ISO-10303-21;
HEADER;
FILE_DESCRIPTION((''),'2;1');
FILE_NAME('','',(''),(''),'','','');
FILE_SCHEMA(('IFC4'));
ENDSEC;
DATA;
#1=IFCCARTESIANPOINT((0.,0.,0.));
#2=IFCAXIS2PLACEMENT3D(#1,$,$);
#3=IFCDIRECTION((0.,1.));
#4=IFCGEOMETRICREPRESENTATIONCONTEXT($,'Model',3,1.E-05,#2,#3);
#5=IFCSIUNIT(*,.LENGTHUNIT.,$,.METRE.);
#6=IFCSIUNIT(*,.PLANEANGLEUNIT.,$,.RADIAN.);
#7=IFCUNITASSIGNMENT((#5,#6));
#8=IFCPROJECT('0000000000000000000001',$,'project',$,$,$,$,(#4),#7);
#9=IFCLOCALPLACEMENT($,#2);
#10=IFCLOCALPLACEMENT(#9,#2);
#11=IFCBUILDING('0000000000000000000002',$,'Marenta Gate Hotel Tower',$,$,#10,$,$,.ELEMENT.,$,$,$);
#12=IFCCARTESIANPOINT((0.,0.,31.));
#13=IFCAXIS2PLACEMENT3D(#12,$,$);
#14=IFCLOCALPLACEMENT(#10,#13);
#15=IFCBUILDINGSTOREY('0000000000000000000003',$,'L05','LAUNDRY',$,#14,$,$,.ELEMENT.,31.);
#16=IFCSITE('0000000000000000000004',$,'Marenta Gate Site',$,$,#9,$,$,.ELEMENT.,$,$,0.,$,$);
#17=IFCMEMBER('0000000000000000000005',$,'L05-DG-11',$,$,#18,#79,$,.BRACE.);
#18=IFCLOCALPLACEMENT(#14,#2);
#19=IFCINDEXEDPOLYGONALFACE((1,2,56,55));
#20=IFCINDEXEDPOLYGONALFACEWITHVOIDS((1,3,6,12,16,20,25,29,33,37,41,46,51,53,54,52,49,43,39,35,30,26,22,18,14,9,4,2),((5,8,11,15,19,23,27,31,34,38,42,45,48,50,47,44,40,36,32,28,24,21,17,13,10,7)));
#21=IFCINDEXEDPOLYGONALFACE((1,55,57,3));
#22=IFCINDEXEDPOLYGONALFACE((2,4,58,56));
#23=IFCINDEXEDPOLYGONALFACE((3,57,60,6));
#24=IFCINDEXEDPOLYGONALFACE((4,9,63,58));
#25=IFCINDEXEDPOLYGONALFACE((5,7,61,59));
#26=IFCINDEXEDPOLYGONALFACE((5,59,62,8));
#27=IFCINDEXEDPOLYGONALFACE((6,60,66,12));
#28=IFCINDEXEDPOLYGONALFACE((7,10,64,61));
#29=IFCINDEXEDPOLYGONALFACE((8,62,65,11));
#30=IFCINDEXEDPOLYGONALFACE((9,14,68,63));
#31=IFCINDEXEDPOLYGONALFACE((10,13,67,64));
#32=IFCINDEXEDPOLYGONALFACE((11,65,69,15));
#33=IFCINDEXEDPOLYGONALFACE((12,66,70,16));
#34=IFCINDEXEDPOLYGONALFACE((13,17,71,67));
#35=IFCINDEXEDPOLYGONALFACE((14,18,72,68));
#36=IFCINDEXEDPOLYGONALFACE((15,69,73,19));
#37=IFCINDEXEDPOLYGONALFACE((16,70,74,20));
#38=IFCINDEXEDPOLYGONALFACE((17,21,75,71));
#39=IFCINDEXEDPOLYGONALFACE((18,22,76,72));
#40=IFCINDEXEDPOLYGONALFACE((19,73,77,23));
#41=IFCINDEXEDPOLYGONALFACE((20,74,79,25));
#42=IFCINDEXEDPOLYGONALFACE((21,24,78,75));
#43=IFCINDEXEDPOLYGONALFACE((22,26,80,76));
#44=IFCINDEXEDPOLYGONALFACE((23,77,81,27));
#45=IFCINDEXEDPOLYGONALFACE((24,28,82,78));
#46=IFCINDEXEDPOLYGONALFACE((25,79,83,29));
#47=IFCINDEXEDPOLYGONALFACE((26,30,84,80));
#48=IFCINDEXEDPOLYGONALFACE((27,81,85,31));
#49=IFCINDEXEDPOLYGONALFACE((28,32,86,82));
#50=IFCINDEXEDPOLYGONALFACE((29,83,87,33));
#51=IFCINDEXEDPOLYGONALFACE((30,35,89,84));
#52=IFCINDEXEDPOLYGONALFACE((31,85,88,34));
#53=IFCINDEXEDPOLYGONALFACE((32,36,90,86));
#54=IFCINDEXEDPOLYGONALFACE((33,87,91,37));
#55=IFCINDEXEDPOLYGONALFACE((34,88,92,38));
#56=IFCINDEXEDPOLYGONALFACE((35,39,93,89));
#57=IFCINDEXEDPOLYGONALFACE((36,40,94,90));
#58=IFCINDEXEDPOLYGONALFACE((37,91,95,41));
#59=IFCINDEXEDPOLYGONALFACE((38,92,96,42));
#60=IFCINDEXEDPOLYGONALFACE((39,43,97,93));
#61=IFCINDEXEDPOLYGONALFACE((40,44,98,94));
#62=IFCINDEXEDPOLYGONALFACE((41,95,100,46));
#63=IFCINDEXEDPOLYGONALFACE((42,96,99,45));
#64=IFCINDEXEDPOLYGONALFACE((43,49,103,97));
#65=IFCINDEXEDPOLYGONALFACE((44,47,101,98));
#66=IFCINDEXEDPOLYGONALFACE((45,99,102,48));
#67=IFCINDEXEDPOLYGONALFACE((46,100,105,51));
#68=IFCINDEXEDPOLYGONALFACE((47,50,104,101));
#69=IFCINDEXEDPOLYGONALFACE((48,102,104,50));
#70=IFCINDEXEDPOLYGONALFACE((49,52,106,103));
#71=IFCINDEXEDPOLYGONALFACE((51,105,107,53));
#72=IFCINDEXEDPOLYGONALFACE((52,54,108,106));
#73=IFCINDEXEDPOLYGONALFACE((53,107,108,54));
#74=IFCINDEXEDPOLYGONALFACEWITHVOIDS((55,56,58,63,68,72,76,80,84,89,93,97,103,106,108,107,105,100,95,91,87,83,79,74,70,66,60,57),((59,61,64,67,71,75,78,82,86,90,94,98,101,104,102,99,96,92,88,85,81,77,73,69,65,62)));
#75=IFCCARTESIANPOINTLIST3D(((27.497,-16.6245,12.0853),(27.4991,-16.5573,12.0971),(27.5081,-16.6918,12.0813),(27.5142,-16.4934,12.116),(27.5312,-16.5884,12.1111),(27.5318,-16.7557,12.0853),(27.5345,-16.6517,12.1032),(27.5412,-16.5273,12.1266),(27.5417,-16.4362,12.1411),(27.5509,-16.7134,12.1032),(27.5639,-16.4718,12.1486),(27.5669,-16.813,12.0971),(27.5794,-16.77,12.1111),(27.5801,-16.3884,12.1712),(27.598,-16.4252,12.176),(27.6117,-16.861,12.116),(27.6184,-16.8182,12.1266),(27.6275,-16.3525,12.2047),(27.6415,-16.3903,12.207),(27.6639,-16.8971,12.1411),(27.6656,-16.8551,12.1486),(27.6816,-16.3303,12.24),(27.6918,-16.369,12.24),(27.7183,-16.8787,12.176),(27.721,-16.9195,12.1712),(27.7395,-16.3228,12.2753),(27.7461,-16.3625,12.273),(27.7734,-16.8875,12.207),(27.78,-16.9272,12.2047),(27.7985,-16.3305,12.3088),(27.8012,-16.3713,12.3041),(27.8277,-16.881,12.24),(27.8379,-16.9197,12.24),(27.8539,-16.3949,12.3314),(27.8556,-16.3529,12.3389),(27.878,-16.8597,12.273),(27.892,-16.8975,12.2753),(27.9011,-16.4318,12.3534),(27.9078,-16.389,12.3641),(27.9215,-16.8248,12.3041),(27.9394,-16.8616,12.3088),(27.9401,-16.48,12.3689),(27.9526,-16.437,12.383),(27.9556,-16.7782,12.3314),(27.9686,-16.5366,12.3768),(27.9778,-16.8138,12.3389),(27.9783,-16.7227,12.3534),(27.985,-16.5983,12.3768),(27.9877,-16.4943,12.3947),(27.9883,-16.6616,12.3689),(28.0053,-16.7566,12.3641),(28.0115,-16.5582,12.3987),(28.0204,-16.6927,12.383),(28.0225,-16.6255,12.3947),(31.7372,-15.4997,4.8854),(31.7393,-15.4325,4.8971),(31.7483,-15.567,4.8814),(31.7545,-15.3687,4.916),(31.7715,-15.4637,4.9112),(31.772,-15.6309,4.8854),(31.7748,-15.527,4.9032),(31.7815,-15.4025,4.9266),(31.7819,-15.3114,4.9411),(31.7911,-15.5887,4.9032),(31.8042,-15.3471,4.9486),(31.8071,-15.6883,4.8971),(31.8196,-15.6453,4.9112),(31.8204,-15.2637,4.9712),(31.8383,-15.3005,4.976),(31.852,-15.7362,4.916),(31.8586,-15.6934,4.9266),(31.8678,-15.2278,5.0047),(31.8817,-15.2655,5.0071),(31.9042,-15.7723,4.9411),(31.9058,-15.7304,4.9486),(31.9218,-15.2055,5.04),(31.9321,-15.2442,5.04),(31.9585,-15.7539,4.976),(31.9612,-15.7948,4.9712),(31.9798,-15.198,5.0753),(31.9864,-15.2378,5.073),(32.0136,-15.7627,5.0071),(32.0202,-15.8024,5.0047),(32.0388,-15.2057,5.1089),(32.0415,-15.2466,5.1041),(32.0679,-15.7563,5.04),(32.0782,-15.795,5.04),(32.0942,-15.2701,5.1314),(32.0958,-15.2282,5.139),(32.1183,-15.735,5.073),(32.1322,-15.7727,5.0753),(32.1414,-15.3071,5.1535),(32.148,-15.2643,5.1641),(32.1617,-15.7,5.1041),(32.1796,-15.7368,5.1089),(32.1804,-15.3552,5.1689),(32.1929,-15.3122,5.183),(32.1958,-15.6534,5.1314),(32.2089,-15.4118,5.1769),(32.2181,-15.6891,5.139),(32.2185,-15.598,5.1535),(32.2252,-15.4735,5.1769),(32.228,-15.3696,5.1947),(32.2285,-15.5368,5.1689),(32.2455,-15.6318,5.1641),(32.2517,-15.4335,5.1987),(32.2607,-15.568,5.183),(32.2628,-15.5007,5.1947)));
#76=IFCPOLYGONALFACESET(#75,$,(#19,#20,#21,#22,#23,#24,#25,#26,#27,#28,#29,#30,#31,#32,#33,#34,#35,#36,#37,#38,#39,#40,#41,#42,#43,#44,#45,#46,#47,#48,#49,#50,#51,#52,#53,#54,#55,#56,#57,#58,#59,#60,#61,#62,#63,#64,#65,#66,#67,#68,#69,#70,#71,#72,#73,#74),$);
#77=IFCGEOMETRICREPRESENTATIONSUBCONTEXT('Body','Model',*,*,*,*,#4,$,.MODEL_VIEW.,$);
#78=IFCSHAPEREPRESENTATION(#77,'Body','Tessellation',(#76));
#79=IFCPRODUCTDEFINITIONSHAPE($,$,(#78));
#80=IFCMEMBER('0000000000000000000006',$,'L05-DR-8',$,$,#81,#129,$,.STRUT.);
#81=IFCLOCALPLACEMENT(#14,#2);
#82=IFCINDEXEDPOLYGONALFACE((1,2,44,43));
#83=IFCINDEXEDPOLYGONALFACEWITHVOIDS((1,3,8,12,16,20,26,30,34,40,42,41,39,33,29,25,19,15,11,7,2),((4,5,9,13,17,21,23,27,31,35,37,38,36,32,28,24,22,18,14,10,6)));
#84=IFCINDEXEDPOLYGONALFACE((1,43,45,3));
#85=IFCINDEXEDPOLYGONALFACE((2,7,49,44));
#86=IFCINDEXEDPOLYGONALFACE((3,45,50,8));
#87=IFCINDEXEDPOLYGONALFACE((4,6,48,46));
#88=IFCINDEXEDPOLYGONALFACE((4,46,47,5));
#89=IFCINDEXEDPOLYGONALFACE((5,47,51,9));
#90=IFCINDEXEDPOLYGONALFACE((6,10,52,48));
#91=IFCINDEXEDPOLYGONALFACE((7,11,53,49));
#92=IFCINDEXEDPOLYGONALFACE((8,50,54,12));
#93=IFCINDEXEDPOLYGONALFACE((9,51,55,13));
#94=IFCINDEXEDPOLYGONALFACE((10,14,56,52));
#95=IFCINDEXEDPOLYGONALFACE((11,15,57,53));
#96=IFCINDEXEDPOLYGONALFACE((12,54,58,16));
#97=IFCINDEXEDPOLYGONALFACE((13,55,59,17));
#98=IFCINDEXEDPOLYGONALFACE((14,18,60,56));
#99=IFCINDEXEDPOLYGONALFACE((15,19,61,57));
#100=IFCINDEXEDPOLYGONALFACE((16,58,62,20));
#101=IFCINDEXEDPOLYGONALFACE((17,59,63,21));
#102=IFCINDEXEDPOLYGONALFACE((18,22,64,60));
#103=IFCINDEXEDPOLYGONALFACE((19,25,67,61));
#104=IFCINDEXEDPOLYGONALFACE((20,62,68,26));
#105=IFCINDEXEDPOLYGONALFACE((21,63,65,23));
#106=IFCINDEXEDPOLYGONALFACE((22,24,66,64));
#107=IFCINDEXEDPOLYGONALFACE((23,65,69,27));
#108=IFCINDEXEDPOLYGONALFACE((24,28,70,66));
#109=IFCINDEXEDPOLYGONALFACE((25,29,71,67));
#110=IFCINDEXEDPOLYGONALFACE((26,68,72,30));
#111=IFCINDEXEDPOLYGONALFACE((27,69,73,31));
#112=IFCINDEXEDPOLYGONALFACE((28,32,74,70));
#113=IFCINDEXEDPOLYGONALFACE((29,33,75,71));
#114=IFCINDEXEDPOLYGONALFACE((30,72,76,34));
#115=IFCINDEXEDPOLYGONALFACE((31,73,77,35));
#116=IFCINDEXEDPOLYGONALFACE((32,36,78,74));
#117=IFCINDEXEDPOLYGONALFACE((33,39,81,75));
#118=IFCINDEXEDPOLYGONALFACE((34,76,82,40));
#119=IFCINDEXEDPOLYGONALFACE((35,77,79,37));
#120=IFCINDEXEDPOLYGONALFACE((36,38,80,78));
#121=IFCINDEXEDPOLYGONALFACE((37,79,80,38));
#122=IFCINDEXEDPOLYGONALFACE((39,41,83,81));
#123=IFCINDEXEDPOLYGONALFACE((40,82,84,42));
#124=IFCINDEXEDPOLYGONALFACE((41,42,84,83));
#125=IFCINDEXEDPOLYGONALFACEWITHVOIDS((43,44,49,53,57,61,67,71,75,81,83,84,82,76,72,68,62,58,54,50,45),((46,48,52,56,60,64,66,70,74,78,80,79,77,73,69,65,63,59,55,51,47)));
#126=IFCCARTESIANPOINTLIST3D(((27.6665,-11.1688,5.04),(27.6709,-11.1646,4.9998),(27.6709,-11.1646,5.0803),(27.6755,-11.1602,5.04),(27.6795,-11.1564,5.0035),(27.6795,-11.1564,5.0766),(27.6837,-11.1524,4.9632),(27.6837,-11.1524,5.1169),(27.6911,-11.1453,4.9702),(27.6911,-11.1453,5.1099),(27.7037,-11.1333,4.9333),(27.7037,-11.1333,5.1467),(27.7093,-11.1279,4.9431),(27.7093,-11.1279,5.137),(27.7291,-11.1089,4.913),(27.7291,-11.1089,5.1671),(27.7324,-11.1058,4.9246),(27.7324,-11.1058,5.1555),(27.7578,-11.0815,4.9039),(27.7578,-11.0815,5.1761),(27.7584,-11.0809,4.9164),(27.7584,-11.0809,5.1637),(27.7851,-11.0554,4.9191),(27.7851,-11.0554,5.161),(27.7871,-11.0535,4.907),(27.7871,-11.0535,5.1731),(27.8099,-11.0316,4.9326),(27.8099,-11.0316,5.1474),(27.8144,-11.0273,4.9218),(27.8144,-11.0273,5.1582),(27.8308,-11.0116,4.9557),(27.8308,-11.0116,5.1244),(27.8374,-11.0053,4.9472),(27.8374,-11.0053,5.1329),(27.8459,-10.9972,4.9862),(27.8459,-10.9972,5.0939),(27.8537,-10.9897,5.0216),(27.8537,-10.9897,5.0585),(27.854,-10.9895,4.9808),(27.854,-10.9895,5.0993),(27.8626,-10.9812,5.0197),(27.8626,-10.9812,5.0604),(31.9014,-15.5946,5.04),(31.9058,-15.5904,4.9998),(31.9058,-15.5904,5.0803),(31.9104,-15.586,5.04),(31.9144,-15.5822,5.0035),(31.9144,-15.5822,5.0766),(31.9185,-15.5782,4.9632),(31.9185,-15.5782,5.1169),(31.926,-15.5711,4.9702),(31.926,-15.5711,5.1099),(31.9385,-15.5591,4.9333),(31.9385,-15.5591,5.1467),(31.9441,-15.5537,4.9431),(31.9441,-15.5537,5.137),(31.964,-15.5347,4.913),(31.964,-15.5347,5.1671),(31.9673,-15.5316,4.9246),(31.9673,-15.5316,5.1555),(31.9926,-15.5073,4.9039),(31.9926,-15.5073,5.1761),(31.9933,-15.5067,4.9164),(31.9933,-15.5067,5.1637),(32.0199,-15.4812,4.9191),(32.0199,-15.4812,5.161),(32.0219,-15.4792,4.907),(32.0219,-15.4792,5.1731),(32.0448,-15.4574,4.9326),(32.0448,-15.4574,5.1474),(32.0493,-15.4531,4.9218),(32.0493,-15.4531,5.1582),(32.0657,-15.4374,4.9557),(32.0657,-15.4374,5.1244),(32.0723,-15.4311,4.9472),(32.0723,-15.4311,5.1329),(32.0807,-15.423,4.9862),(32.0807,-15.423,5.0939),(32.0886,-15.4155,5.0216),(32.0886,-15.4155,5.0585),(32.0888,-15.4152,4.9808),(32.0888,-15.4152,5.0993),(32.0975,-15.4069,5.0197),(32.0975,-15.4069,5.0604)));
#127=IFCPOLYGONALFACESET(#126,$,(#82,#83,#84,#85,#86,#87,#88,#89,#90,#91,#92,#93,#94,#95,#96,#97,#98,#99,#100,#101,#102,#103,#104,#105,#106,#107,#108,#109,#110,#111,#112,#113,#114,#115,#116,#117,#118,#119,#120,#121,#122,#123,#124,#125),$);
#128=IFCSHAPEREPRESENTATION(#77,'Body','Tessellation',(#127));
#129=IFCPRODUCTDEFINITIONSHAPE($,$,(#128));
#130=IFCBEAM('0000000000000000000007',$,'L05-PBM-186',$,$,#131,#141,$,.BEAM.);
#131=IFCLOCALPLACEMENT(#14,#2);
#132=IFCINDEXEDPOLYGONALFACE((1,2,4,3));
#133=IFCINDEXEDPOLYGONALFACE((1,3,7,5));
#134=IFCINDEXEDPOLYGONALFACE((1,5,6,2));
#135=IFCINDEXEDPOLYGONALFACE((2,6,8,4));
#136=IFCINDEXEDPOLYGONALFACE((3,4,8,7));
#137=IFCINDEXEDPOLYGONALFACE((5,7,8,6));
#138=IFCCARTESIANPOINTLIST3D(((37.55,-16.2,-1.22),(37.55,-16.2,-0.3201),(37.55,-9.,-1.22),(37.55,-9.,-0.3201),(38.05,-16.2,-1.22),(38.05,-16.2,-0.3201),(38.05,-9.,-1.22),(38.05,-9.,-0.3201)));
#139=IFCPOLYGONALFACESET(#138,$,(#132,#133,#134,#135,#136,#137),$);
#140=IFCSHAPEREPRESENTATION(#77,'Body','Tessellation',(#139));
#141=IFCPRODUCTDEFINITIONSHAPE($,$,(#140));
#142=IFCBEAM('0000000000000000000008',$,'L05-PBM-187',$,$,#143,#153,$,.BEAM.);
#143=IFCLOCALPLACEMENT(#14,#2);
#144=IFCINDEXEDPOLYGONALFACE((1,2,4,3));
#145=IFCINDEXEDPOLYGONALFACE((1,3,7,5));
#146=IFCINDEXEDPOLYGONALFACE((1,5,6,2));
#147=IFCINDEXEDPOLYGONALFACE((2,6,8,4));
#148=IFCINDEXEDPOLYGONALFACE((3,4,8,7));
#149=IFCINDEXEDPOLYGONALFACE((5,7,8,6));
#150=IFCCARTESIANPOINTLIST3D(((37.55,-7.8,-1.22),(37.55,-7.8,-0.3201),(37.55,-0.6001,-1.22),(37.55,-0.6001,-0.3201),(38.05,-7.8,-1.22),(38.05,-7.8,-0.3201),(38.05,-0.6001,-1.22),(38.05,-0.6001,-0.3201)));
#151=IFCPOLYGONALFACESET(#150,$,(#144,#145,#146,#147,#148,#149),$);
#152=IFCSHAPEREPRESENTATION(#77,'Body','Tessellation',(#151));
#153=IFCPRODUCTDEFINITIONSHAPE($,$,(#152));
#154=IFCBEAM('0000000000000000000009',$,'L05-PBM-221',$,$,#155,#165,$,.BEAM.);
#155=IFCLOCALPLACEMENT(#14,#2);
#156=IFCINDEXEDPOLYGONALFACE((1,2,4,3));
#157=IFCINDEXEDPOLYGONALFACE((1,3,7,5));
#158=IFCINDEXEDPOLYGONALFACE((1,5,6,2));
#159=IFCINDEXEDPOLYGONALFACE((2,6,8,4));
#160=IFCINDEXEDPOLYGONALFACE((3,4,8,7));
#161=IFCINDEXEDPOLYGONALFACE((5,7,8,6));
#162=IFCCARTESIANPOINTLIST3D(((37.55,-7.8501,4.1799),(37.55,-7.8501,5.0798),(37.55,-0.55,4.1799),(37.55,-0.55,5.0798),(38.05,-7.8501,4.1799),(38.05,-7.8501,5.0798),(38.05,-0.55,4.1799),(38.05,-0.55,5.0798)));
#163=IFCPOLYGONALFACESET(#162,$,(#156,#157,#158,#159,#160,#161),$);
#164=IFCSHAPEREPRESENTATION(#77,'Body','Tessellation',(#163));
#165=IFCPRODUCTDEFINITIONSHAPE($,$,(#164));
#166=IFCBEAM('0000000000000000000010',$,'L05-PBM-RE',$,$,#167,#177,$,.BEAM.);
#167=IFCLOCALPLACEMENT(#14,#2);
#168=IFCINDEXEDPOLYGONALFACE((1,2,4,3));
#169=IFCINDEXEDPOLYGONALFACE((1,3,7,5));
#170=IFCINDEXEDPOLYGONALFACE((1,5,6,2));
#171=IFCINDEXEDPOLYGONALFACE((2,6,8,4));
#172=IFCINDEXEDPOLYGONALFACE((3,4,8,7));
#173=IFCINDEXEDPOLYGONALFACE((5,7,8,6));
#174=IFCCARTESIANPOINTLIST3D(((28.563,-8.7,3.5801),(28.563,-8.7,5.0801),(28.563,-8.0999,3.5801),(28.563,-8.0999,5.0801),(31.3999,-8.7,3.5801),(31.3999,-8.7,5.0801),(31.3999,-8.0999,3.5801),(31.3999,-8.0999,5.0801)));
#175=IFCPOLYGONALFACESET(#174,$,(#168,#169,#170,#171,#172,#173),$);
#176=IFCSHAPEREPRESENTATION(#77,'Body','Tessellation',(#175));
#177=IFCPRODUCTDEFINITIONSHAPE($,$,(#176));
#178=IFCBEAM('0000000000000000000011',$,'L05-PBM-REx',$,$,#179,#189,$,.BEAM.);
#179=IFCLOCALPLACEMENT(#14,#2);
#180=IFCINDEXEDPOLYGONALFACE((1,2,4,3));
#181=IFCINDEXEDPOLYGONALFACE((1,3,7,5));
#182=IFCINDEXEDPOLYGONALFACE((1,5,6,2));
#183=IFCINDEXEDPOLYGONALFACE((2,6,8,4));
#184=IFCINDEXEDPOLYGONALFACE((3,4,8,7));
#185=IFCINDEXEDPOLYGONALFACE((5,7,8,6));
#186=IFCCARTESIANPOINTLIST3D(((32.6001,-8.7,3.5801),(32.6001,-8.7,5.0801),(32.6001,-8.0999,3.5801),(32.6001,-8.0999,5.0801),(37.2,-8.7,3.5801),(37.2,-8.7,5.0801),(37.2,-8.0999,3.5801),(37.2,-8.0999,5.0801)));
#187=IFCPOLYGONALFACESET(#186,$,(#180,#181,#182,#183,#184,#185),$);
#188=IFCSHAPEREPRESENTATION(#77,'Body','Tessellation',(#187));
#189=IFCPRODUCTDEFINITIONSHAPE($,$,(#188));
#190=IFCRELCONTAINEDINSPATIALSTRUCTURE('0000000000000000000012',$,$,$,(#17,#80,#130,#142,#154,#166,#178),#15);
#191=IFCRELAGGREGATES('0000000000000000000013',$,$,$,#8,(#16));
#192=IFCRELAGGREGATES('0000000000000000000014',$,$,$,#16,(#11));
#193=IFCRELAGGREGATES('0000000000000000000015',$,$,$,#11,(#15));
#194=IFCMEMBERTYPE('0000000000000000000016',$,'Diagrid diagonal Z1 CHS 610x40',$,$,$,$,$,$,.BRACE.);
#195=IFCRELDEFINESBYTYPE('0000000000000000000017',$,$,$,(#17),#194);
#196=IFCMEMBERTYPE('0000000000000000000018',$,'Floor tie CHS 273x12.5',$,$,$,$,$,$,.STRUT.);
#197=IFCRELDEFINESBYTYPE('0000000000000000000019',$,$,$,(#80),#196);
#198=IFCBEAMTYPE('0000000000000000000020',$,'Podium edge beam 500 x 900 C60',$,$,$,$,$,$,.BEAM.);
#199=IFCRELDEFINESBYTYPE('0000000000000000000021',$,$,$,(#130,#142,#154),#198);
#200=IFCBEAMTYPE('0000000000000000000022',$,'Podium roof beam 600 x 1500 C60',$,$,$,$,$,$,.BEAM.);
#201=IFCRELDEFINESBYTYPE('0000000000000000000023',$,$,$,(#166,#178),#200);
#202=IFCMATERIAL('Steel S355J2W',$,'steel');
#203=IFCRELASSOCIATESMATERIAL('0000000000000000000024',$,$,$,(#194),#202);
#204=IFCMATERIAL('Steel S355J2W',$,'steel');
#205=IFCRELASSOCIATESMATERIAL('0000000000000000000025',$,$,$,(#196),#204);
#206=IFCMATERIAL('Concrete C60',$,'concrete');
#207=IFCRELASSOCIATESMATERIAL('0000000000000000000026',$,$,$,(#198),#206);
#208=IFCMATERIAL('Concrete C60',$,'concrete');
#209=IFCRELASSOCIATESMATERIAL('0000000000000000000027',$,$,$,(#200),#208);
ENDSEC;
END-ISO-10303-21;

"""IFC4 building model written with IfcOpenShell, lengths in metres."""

from ifc_helpers import new_model, si_unit, direction, frame, origin, origin_2d, place, context, subcontext, project, spatial, rectangle, hollow_circle, extrude, material, material_profile, profile_set, type_object, element, save


model = new_model("IFC4")

# Units and contexts
model_context = context("Model", 3, precision=1e-05, world=origin(), true_north=direction((0.0, 1.0)))
body_context = subcontext(model_context, "Body", "Model", "MODEL_VIEW")
ifc_project = project(units=[si_unit("LENGTHUNIT", "METRE"), si_unit("PLANEANGLEUNIT", "RADIAN")], contexts=[model_context])

# Site, building, storey
site_placement = place(None, origin())
site = spatial("IfcSite", under=ifc_project, at=site_placement, Name="Marenta Gate Site", CompositionType="ELEMENT", RefElevation=0.0)
building_placement = place(site_placement, origin())
building = spatial("IfcBuilding", under=site, at=building_placement, Name="Marenta Gate Hotel Tower", CompositionType="ELEMENT")
storey_placement = place(building_placement, frame((0.0, 0.0, 31.0)))
storey = spatial("IfcBuildingStorey", under=building, at=storey_placement, Name="L05", Description="LAUNDRY", CompositionType="ELEMENT", Elevation=31.0)

# Members
ifc_material_1 = material(Name="Steel S355J2W", Category="steel")
ifc_material_profile_1 = material_profile(ifc_material_1, hollow_circle(Radius=0.3049, WallThickness=0.04, at=origin_2d()), Name="CHS 610x40")
ifc_profile_set_1 = profile_set([ifc_material_profile_1], Name="Steel S355J2W")
member_type_1 = type_object("IfcMemberType", Name="Diagrid diagonal Z1 CHS 610x40", PredefinedType="BRACE", material=ifc_profile_set_1)
member_1_placement = place(storey_placement, frame((32.0, -15.5002, 5.04), z_axis=(-0.502926, -0.133405, 0.853972), x_axis=(0.256391, -0.966573, 0.0)))
element("IfcMember", 1, at=member_1_placement, inside=storey, type_object=member_type_1, Name="L05-DG-11", PredefinedType="BRACE", context=body_context, shape_type="SweptSolid", body=[
    extrude(hollow_circle(Radius=0.3049, WallThickness=0.04, at=origin_2d()), origin(), (0.0, 0.0, 1.0), 8.4312),
])
ifc_material_2 = material(Name="Steel S355J2W", Category="steel")
ifc_material_profile_2 = material_profile(ifc_material_2, hollow_circle(Radius=0.1365, WallThickness=0.0125, at=origin_2d()), Name="CHS 273x12.5")
ifc_profile_set_2 = profile_set([ifc_material_profile_2], Name="Steel S355J2W")
member_type_2 = type_object("IfcMemberType", Name="Floor tie CHS 273x12.5", PredefinedType="STRUT", material=ifc_profile_set_2)
member_2_placement = place(storey_placement, frame((32.0, -15.5002, 5.04), z_axis=(-0.691351, 0.722519, 0.0), x_axis=(-0.722519, -0.691351, 0.0)))
element("IfcMember", 2, at=member_2_placement, inside=storey, type_object=member_type_2, Name="L05-DR-8", PredefinedType="STRUT", context=body_context, shape_type="SweptSolid", body=[
    extrude(hollow_circle(Radius=0.1365, WallThickness=0.0125, at=origin_2d()), origin(), (0.0, 0.0, 1.0), 6.1255),
])

# Beams
ifc_material_3 = material(Name="Concrete C60", Category="concrete")
ifc_material_profile_3 = material_profile(ifc_material_3, rectangle(XDim=0.5, YDim=0.8999, at=origin_2d()), Name="500 x 900")
ifc_profile_set_3 = profile_set([ifc_material_profile_3], Name="Concrete C60")
beam_type_1 = type_object("IfcBeamType", Name="Podium edge beam 500 x 900 C60", PredefinedType="BEAM", material=ifc_profile_set_3)
for number, where, z_axis, x_axis, name in (
    (3, (37.8, -16.2, -0.77), (0.0, 1.0, 0.0), (-1.0, 0.0, 0.0), "L05-PBM-186"),
    (4, (37.8, -7.8, -0.77), (0.0, 1.0, 0.0), (-1.0, 0.0, 0.0), "L05-PBM-187"),
):
    element("IfcBeam", number, at=place(storey_placement, frame(where, z_axis=z_axis, x_axis=x_axis)), inside=storey, type_object=beam_type_1, Name=name, PredefinedType="BEAM", context=body_context, shape_type="SweptSolid", body=[
        extrude(rectangle(XDim=0.5, YDim=0.8999, at=origin_2d()), origin(), (0.0, 0.0, 1.0), 7.2),
    ])
beam_1_placement = place(storey_placement, frame((37.8, -7.8501, 4.6299), z_axis=(0.0, 1.0, 0.0), x_axis=(-1.0, 0.0, 0.0)))
element("IfcBeam", 5, at=beam_1_placement, inside=storey, type_object=beam_type_1, Name="L05-PBM-221", PredefinedType="BEAM", context=body_context, shape_type="SweptSolid", body=[
    extrude(rectangle(XDim=0.5, YDim=0.8999, at=origin_2d()), origin(), (0.0, 0.0, 1.0), 7.3),
])
ifc_material_4 = material(Name="Concrete C60", Category="concrete")
ifc_material_profile_4 = material_profile(ifc_material_4, rectangle(XDim=0.6001, YDim=1.5, at=origin_2d()), Name="600 x 1500")
ifc_profile_set_4 = profile_set([ifc_material_profile_4], Name="Concrete C60")
beam_type_2 = type_object("IfcBeamType", Name="Podium roof beam 600 x 1500 C60", PredefinedType="BEAM", material=ifc_profile_set_4)
beam_2_placement = place(storey_placement, frame((28.563, -8.3999, 4.3301), z_axis=(1.0, 0.0, 0.0), x_axis=(0.0, 1.0, 0.0)))
element("IfcBeam", 6, at=beam_2_placement, inside=storey, type_object=beam_type_2, Name="L05-PBM-RE", PredefinedType="BEAM", context=body_context, shape_type="SweptSolid", body=[
    extrude(rectangle(XDim=0.6001, YDim=1.5, at=origin_2d()), origin(), (0.0, 0.0, 1.0), 2.8369),
])
beam_3_placement = place(storey_placement, frame((32.6001, -8.3999, 4.3301), z_axis=(1.0, 0.0, 0.0), x_axis=(0.0, 1.0, 0.0)))
element("IfcBeam", 7, at=beam_3_placement, inside=storey, type_object=beam_type_2, Name="L05-PBM-REx", PredefinedType="BEAM", context=body_context, shape_type="SweptSolid", body=[
    extrude(rectangle(XDim=0.6001, YDim=1.5, at=origin_2d()), origin(), (0.0, 0.0, 1.0), 4.5999),
])

save(model, "model.ifc")
